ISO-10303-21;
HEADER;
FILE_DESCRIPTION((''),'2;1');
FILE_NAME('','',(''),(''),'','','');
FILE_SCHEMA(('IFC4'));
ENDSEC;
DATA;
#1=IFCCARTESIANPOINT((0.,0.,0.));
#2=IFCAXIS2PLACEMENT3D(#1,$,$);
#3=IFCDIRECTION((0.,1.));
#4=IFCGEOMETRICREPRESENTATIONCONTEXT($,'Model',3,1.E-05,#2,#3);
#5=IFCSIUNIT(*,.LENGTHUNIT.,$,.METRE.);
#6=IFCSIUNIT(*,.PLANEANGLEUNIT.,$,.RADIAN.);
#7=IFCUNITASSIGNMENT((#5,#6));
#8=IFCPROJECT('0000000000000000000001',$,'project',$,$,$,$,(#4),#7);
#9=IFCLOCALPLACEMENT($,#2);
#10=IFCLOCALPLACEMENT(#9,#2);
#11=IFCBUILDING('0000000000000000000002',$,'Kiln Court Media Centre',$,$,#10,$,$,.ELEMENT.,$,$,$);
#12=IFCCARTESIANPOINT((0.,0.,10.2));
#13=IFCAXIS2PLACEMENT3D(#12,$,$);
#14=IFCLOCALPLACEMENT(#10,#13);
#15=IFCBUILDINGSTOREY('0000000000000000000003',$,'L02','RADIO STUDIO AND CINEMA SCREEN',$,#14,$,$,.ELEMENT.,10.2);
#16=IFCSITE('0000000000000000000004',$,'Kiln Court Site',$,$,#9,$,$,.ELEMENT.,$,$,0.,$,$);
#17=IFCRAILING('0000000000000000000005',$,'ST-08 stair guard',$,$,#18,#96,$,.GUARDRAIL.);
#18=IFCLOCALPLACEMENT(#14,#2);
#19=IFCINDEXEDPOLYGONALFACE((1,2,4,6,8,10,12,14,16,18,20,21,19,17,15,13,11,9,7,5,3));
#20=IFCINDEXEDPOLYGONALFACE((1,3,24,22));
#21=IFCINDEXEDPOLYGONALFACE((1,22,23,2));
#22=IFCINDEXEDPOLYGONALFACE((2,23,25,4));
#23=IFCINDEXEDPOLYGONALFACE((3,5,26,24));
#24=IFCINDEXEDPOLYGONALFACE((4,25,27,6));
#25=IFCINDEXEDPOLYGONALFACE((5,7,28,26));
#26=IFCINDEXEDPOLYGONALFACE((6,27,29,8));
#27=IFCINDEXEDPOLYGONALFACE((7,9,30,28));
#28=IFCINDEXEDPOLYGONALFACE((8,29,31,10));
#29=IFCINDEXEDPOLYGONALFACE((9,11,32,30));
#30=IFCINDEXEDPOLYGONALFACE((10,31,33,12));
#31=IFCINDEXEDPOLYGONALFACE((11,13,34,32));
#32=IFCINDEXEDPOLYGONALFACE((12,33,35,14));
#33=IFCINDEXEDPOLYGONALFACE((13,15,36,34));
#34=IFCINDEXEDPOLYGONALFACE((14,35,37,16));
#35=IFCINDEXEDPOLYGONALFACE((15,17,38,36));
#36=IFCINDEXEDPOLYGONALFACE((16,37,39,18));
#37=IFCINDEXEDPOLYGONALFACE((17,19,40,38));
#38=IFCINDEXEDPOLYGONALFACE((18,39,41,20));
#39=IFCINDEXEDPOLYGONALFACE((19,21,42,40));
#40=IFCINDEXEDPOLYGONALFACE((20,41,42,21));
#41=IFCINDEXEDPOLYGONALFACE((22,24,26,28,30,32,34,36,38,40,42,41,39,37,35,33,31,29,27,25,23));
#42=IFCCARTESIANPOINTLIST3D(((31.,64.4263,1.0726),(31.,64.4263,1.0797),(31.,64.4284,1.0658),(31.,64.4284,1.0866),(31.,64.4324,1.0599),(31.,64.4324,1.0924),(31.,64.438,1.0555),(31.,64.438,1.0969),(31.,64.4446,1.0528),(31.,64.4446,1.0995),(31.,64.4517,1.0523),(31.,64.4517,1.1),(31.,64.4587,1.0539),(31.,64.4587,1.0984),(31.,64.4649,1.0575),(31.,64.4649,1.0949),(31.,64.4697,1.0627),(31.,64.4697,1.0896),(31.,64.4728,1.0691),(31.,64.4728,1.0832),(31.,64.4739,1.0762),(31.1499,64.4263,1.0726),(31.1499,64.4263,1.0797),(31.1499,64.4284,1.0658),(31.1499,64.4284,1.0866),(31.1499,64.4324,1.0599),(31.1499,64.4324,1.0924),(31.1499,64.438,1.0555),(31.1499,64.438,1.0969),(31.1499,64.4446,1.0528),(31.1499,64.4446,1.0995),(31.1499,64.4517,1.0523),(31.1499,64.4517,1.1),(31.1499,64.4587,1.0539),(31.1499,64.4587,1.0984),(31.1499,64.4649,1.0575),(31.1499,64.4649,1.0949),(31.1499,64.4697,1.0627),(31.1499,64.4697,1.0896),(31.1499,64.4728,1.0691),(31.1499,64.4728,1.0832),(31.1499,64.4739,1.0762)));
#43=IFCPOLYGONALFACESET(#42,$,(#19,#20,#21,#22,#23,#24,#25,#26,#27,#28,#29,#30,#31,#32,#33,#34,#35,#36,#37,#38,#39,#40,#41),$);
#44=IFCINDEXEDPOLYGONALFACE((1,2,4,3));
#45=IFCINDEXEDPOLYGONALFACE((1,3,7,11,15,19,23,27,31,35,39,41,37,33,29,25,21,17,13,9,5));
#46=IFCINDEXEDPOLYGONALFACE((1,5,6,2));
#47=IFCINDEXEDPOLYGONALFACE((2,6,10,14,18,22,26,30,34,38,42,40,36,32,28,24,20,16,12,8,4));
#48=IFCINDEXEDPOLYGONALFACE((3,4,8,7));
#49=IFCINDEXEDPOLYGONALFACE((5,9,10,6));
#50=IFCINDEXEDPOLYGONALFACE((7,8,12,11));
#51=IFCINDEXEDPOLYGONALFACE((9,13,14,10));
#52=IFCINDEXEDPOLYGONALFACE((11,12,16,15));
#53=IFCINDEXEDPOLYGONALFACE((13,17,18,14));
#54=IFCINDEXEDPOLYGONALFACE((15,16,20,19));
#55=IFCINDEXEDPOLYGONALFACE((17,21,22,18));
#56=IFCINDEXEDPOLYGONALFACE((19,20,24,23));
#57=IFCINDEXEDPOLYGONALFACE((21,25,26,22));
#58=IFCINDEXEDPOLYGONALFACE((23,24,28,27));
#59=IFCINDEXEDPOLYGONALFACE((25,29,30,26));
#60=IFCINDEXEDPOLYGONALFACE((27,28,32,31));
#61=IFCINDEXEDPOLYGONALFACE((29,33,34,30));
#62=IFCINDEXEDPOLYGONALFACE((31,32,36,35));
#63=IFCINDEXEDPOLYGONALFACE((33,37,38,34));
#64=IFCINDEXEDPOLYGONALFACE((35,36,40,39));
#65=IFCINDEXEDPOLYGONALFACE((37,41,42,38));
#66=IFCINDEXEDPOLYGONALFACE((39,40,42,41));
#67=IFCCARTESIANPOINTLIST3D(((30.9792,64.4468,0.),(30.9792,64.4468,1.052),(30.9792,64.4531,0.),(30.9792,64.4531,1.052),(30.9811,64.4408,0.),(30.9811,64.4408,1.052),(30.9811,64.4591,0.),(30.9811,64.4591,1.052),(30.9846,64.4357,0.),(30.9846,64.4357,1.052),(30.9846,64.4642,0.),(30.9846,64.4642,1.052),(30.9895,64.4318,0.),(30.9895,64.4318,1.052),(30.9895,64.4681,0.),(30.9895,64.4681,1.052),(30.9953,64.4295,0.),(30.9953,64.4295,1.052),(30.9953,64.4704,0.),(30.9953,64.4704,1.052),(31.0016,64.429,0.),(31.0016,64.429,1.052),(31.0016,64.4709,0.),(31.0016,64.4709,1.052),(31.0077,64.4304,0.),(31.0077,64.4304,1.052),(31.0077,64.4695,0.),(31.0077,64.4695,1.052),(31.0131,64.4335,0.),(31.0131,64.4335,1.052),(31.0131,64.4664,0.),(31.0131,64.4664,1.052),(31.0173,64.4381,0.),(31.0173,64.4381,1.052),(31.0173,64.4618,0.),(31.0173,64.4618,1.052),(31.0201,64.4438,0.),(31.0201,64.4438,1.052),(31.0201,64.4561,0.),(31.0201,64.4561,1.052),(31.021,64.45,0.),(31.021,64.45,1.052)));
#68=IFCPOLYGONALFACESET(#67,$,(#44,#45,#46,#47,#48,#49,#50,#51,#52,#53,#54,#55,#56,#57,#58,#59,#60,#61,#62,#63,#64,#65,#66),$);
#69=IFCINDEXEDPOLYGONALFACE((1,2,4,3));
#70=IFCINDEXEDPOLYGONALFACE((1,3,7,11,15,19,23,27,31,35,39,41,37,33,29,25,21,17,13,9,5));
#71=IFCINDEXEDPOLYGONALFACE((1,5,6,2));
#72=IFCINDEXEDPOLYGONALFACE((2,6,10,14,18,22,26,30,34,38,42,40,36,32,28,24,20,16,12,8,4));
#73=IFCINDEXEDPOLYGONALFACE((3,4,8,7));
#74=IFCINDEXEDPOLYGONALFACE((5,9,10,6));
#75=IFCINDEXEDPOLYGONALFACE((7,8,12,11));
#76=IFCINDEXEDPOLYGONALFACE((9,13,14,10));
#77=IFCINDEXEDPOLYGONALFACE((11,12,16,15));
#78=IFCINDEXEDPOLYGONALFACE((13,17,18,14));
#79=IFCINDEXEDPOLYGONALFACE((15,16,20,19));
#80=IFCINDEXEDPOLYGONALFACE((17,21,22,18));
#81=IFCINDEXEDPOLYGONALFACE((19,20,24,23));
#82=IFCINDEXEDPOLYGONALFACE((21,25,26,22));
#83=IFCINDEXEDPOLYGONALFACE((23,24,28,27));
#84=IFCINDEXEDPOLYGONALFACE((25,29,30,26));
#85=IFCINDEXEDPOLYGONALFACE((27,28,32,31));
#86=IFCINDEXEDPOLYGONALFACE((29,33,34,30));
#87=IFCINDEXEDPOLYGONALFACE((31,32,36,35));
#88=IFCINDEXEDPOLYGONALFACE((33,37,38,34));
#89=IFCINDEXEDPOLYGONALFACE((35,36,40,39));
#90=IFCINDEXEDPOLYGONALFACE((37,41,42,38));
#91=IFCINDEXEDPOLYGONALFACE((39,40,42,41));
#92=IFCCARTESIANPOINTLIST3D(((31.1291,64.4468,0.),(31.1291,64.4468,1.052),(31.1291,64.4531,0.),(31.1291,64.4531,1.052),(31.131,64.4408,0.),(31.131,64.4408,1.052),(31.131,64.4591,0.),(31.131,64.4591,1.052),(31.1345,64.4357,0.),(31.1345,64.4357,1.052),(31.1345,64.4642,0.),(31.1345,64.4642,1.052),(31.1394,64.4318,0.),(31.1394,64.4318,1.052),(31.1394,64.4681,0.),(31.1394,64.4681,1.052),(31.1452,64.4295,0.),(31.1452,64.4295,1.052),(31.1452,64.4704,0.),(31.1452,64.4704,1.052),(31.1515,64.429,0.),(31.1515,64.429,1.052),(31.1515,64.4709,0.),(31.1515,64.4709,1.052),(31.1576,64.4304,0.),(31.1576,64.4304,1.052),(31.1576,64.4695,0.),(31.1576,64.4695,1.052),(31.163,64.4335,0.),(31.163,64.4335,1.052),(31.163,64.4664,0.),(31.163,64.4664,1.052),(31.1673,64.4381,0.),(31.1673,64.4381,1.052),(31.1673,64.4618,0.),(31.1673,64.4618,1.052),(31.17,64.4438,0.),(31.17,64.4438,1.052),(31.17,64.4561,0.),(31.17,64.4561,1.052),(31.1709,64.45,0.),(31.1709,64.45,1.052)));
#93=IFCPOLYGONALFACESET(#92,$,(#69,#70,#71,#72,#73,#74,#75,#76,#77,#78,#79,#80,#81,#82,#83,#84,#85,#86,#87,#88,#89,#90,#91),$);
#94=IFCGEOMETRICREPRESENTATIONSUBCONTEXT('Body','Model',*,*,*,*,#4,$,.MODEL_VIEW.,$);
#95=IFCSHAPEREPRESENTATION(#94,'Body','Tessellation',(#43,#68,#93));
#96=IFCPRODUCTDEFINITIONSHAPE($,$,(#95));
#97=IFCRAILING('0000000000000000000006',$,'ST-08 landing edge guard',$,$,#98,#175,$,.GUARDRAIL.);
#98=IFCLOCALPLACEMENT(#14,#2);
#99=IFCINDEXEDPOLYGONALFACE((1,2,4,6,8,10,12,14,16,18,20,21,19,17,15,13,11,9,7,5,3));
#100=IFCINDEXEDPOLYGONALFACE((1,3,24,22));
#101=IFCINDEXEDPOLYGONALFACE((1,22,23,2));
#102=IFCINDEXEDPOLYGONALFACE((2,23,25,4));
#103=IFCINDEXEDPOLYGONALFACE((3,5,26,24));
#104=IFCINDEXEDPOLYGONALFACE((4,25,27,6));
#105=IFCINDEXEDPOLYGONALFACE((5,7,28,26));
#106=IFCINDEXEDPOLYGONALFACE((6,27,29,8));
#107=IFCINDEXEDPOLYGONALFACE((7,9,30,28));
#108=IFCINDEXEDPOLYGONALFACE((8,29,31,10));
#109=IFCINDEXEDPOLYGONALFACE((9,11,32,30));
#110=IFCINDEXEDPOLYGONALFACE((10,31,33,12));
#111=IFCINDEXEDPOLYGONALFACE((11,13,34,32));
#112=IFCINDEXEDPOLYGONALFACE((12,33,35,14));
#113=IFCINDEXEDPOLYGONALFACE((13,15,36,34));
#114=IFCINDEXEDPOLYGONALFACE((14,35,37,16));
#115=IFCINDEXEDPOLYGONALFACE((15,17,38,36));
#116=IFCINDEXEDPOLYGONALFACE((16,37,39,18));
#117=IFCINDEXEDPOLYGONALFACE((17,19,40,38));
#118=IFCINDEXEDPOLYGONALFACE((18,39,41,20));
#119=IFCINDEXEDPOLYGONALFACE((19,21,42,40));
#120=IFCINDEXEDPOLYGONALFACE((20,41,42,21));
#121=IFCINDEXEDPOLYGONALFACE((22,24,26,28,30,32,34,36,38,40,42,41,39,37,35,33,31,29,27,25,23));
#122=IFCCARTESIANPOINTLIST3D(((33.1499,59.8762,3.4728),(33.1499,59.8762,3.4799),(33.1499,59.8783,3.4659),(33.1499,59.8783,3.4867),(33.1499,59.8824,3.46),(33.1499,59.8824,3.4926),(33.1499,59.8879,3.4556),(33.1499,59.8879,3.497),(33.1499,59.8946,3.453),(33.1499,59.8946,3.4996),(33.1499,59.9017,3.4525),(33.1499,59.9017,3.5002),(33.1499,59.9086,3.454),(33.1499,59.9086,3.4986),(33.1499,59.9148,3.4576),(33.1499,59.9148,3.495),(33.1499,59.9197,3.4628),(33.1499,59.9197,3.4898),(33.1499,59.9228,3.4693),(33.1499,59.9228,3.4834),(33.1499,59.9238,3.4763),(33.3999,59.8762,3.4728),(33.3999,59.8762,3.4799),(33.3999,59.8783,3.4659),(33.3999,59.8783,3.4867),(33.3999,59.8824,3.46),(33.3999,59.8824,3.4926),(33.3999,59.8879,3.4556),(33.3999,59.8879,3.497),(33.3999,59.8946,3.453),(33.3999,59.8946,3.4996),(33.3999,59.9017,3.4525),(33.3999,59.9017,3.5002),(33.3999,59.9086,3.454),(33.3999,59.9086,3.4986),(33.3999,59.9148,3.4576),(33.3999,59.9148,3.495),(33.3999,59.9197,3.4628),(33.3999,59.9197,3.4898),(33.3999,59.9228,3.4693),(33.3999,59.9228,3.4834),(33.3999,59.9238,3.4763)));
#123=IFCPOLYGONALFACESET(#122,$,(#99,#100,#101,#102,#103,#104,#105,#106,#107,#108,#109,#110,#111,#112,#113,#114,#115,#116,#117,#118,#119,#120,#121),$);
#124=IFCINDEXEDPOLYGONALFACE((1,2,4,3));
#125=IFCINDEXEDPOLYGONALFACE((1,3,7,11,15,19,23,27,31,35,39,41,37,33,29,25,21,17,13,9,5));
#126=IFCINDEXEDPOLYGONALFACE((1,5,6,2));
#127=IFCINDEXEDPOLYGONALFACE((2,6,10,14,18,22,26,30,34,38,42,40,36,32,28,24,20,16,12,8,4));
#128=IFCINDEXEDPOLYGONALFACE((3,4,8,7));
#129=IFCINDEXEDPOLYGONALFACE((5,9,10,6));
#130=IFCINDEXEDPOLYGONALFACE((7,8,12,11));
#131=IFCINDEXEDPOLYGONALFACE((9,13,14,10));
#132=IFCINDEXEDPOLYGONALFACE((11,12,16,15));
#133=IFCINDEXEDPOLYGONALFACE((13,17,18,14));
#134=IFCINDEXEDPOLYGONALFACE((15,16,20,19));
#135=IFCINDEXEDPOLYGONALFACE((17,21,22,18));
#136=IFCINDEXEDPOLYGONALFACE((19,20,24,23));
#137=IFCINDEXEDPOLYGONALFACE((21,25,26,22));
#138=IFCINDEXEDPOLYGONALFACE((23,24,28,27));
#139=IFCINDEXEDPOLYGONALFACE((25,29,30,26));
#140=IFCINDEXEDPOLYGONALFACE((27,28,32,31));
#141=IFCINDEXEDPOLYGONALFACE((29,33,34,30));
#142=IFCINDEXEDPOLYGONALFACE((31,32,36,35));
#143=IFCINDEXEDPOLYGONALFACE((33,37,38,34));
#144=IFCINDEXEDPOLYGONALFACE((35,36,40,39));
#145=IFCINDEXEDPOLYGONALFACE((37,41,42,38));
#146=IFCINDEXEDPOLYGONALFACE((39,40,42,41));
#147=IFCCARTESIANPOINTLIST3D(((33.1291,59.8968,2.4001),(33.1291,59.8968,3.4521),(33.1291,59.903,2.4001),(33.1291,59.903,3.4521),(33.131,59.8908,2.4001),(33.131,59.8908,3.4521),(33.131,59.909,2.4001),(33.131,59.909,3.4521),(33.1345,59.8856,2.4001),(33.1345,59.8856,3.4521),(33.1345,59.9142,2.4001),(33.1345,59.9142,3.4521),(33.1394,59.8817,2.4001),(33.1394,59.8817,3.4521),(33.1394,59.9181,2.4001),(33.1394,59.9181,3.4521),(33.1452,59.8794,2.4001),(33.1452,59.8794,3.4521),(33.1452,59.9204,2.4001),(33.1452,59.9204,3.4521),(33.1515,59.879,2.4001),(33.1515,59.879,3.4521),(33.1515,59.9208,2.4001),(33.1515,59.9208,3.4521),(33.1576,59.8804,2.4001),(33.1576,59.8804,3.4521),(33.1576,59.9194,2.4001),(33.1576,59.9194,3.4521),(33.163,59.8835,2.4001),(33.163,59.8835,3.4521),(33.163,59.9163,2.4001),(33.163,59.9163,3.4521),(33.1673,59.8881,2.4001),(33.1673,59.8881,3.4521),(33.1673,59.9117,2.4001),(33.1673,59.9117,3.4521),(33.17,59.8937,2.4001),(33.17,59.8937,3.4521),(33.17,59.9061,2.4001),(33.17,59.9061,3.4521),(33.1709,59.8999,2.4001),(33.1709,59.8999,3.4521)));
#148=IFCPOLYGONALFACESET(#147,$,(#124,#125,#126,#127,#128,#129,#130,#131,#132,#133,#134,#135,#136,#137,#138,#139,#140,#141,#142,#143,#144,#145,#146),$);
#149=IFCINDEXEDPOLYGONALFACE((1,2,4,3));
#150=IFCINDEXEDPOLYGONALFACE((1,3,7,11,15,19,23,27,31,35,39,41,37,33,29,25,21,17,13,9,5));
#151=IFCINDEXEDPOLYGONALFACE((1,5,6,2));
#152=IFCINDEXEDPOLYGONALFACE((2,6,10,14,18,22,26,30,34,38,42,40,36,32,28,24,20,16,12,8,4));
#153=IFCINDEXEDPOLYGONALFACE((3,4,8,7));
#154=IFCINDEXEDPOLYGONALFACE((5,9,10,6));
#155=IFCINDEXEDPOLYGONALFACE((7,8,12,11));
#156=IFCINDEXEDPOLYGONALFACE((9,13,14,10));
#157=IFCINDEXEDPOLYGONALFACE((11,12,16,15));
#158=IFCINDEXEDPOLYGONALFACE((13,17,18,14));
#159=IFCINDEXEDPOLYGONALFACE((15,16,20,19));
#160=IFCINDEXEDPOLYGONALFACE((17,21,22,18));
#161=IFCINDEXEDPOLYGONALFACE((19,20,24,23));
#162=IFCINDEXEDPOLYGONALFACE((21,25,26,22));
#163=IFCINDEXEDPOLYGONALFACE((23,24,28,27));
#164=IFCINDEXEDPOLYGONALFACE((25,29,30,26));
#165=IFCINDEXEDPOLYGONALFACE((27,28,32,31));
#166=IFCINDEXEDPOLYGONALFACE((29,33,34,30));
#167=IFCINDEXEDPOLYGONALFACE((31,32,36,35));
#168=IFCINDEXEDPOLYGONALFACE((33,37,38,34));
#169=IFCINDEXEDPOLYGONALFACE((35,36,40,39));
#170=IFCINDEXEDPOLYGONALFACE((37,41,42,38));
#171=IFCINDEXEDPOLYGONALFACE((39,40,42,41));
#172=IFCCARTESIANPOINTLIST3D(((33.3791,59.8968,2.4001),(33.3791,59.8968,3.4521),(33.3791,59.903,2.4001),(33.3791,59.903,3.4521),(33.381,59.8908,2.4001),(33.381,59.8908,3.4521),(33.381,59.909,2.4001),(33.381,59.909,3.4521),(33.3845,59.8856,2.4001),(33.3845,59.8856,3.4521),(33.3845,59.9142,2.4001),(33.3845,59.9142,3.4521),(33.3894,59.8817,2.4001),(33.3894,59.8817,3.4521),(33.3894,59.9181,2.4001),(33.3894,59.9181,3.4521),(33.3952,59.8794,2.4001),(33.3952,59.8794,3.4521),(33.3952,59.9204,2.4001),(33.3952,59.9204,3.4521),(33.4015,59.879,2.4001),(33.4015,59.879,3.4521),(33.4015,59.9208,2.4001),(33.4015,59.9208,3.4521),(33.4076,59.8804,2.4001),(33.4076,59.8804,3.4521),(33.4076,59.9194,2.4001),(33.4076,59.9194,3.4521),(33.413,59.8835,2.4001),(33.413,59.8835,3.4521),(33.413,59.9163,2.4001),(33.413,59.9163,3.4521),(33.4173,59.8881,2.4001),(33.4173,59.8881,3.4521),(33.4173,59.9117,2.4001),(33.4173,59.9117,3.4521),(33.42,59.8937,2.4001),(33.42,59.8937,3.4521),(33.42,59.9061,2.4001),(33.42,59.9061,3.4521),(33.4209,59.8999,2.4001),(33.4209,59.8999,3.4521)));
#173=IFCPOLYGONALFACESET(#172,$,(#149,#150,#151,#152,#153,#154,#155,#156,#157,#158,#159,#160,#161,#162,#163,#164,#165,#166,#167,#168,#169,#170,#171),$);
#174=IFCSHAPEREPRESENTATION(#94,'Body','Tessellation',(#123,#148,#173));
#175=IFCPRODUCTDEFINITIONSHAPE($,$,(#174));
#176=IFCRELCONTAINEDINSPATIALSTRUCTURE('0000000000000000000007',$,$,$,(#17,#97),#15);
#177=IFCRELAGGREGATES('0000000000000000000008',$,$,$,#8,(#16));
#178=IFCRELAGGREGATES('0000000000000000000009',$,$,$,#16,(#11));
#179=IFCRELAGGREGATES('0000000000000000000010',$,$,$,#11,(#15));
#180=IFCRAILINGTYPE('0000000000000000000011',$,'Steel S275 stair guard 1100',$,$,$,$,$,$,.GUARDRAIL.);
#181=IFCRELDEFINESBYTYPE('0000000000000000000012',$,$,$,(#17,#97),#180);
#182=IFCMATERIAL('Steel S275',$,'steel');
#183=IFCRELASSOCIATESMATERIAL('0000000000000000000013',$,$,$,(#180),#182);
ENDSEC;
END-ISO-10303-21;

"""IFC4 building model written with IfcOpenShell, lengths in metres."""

from ifc_helpers import new_model, si_unit, direction, frame, origin, origin_2d, place, context, subcontext, project, spatial, circle, extrude, material, type_object, element, save


model = new_model("IFC4")

# Units and contexts
model_context = context("Model", 3, precision=1e-05, world=origin(), true_north=direction((0.0, 1.0)))
body_context = subcontext(model_context, "Body", "Model", "MODEL_VIEW")
ifc_project = project(units=[si_unit("LENGTHUNIT", "METRE"), si_unit("PLANEANGLEUNIT", "RADIAN")], contexts=[model_context])

# Site, building, storey
site_placement = place(None, origin())
site = spatial("IfcSite", under=ifc_project, at=site_placement, Name="Kiln Court Site", CompositionType="ELEMENT", RefElevation=0.0)
building_placement = place(site_placement, origin())
building = spatial("IfcBuilding", under=site, at=building_placement, Name="Kiln Court Media Centre", CompositionType="ELEMENT")
storey_placement = place(building_placement, frame((0.0, 0.0, 10.2)))
storey = spatial("IfcBuildingStorey", under=building, at=storey_placement, Name="L02", Description="RADIO STUDIO AND CINEMA SCREEN", CompositionType="ELEMENT", Elevation=10.2)

# Railings
ifc_material_1 = material(Name="Steel S275", Category="steel")
railing_type_1 = type_object("IfcRailingType", Name="Steel S275 stair guard 1100", PredefinedType="GUARDRAIL", material=ifc_material_1)
railing_1_placement = place(storey_placement, frame((31.0, 64.45, 0.0)))
element("IfcRailing", 1, at=railing_1_placement, inside=storey, type_object=railing_type_1, Name="ST-08 stair guard", PredefinedType="GUARDRAIL", context=body_context, shape_type="SweptSolid", body=[
    extrude(circle(Radius=0.0239, at=origin_2d()), frame((0.0, 0.0, 1.0762), z_axis=(1.0, 0.0, 0.0), x_axis=(0.0, 1.0, 0.0)), (0.0, 0.0, 1.0), 0.1499),
    extrude(circle(Radius=0.021, at=origin_2d()), origin(), (0.0, 0.0, 1.0), 1.052),
    extrude(circle(Radius=0.021, at=origin_2d()), frame((0.1499, 0.0, 0.0)), (0.0, 0.0, 1.0), 1.052),
])
for number, where, name in (
    (2, (33.1499, 59.8999, 2.4001), "ST-08 landing edge guard"),
):
    element("IfcRailing", number, at=place(storey_placement, frame(where)), inside=storey, type_object=railing_type_1, Name=name, PredefinedType="GUARDRAIL", context=body_context, shape_type="SweptSolid", body=[
        extrude(circle(Radius=0.0239, at=origin_2d()), frame((0.0, 0.0, 1.0762), z_axis=(1.0, 0.0, 0.0), x_axis=(0.0, 1.0, 0.0)), (0.0, 0.0, 1.0), 0.25),
        extrude(circle(Radius=0.021, at=origin_2d()), origin(), (0.0, 0.0, 1.0), 1.052),
        extrude(circle(Radius=0.021, at=origin_2d()), frame((0.25, 0.0, 0.0)), (0.0, 0.0, 1.0), 1.052),
    ])

save(model, "model.ifc")
